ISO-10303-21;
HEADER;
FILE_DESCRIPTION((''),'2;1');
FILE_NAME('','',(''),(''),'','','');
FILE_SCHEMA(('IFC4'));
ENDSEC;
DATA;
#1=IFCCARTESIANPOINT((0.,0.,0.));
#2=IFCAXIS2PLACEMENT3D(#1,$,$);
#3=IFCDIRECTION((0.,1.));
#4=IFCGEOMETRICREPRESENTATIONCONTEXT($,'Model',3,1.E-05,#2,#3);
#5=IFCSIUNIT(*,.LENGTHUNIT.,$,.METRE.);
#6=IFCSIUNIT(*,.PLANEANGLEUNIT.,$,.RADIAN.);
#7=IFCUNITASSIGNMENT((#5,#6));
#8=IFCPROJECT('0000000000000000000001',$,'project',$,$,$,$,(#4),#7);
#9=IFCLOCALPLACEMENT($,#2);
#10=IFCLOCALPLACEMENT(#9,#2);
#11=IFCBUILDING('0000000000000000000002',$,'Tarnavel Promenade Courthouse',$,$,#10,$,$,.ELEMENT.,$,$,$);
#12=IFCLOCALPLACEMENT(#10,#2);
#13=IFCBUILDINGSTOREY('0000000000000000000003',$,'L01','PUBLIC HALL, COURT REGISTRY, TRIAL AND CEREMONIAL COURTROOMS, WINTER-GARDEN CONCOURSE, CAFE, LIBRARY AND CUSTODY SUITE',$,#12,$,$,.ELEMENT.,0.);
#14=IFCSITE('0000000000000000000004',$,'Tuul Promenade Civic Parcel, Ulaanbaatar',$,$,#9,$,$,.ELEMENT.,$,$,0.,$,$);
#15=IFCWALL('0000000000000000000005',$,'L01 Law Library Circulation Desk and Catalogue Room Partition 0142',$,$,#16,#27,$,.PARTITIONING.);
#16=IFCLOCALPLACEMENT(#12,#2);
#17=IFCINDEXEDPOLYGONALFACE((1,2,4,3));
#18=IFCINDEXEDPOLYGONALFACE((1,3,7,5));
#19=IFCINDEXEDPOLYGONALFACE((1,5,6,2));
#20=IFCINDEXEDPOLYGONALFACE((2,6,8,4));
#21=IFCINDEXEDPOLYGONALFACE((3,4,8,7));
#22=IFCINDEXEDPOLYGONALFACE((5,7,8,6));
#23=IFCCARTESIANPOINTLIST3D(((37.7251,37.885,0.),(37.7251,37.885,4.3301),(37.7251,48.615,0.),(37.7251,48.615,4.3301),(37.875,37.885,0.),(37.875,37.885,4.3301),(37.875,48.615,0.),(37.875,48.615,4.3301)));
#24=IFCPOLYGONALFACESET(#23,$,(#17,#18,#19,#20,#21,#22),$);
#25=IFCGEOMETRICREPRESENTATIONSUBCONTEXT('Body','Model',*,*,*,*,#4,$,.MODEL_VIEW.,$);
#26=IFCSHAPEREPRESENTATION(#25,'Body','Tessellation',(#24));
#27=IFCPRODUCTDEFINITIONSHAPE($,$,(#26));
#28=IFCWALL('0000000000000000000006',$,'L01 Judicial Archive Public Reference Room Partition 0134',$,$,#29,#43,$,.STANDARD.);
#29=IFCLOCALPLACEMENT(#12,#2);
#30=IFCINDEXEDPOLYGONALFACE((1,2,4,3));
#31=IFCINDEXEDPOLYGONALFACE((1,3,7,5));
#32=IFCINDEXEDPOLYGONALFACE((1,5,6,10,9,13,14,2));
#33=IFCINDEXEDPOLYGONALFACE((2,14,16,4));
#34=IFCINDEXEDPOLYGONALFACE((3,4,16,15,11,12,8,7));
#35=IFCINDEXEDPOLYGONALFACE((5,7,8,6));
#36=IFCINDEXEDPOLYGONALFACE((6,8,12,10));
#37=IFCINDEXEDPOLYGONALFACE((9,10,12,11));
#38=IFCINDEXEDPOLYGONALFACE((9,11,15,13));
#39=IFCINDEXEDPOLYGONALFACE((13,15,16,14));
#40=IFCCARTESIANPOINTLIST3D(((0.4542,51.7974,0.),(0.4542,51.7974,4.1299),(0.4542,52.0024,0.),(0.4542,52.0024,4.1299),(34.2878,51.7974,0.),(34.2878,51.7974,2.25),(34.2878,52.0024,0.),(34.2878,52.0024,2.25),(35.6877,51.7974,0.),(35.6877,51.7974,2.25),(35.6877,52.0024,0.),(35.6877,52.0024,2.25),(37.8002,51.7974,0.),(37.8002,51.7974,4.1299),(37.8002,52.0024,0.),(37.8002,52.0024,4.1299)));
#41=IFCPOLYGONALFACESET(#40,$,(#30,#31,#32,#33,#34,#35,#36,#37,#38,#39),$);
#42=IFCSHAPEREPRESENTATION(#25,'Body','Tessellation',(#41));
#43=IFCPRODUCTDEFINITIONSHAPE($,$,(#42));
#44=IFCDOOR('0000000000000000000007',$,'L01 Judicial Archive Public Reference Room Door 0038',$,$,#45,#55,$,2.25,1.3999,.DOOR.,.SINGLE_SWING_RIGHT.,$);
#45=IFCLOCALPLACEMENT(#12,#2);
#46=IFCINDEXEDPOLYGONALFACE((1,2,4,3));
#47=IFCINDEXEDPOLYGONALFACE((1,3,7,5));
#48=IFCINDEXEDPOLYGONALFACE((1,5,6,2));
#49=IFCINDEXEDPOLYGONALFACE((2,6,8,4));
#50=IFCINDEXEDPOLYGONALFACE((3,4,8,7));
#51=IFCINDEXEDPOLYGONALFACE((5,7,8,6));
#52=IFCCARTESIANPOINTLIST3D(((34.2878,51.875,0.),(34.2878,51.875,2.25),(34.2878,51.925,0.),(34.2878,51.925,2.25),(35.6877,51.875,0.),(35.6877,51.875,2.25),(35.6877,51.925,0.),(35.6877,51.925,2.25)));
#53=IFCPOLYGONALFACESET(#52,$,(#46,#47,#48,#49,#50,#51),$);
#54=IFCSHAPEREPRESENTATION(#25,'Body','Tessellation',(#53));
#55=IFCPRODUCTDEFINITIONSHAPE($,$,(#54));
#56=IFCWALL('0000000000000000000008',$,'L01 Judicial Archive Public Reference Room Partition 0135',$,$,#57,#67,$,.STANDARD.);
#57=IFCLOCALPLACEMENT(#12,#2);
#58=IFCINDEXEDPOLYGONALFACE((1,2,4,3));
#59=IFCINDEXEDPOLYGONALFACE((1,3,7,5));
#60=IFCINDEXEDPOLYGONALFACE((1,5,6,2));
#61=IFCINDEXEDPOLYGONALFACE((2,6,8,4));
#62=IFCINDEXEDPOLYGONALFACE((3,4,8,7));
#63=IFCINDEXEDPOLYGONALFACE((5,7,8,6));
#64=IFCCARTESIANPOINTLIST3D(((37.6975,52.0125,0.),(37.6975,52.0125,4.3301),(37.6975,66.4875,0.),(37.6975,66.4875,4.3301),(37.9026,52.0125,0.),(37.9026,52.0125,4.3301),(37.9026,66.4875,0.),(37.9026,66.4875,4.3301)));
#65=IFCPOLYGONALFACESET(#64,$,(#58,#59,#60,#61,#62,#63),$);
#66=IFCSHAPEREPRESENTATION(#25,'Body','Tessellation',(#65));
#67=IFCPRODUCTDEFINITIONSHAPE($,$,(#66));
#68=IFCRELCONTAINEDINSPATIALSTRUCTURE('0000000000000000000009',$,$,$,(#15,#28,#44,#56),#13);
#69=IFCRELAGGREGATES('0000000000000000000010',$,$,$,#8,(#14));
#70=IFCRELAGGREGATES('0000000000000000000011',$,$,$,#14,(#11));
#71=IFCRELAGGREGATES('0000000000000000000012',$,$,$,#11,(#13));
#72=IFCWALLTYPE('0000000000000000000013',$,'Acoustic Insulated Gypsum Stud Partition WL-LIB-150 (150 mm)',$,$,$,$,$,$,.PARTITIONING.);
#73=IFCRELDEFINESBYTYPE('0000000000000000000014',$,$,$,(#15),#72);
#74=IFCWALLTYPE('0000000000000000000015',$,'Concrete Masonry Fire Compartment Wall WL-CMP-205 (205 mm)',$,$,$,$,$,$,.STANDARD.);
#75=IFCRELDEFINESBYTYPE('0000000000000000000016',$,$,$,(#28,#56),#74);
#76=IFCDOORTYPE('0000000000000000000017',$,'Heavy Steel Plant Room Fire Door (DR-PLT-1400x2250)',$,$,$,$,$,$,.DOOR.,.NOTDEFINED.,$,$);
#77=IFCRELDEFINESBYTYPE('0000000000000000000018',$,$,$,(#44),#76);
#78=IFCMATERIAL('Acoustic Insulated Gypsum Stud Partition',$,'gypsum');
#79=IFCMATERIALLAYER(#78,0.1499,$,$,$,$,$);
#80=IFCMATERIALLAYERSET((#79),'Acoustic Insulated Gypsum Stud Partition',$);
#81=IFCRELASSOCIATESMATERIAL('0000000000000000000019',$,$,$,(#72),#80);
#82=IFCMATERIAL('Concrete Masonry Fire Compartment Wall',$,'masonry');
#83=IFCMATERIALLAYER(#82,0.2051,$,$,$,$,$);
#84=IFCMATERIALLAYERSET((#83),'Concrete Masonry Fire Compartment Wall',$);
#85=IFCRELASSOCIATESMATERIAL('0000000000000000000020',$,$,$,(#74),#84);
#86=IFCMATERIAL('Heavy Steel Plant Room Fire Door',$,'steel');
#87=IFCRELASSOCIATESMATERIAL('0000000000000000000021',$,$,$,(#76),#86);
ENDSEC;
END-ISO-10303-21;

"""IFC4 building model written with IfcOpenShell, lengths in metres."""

from ifc_helpers import new_model, si_unit, direction, frame, frame_2d, origin, place, context, subcontext, project, spatial, rectangle, extrude, material, layer, layer_set, type_object, element, fill, save


model = new_model("IFC4")

# Units and contexts
model_context = context("Model", 3, precision=1e-05, world=origin(), true_north=direction((0.0, 1.0)))
body_context = subcontext(model_context, "Body", "Model", "MODEL_VIEW")
ifc_project = project(units=[si_unit("LENGTHUNIT", "METRE"), si_unit("PLANEANGLEUNIT", "RADIAN")], contexts=[model_context])

# Site, building, storey
site_placement = place(None, origin())
site = spatial("IfcSite", under=ifc_project, at=site_placement, Name="Tuul Promenade Civic Parcel, Ulaanbaatar", CompositionType="ELEMENT", RefElevation=0.0)
building_placement = place(site_placement, origin())
building = spatial("IfcBuilding", under=site, at=building_placement, Name="Tarnavel Promenade Courthouse", CompositionType="ELEMENT")
storey_placement = place(building_placement, origin())
storey = spatial("IfcBuildingStorey", under=building, at=storey_placement, Name="L01", Description="PUBLIC HALL, COURT REGISTRY, TRIAL AND CEREMONIAL COURTROOMS, WINTER-GARDEN CONCOURSE, CAFE, LIBRARY AND CUSTODY SUITE", CompositionType="ELEMENT", Elevation=0.0)

# Shared definitions
ifc_material_1 = material(Name="Acoustic Insulated Gypsum Stud Partition", Category="gypsum")
ifc_layer_1 = layer(ifc_material_1, 0.1499)
ifc_layer_set_1 = layer_set([ifc_layer_1], Name="Acoustic Insulated Gypsum Stud Partition")
wall_type_1 = type_object("IfcWallType", Name="Acoustic Insulated Gypsum Stud Partition WL-LIB-150 (150 mm)", PredefinedType="PARTITIONING", material=ifc_layer_set_1)

# Wall
wall_1_placement = place(storey_placement, frame((37.8, 48.615, 0.0), z_axis=(0.0, 0.0, 1.0), x_axis=(0.0, -1.0, 0.0)))
element("IfcWall", 1, at=wall_1_placement, inside=storey, type_object=wall_type_1, Name="L01 Law Library Circulation Desk and Catalogue Room Partition 0142", PredefinedType="PARTITIONING", context=body_context, shape_type="SweptSolid", body=[
    extrude(rectangle(XDim=10.73, YDim=0.1499, at=frame_2d((5.365, 0.0))), origin(), (0.0, 0.0, 1.0), 4.3301),
])

# Wall, opening, door
ifc_material_2 = material(Name="Concrete Masonry Fire Compartment Wall", Category="masonry")
ifc_layer_2 = layer(ifc_material_2, 0.2051)
ifc_layer_set_2 = layer_set([ifc_layer_2], Name="Concrete Masonry Fire Compartment Wall")
wall_type_2 = type_object("IfcWallType", Name="Concrete Masonry Fire Compartment Wall WL-CMP-205 (205 mm)", PredefinedType="STANDARD", material=ifc_layer_set_2)
wall_2_placement = place(storey_placement, frame((37.8, 51.8999, 0.0), z_axis=(0.0, 0.0, 1.0), x_axis=(-1.0, 0.0, 0.0)))
wall_2 = element("IfcWall", 2, at=wall_2_placement, inside=storey, type_object=wall_type_2, Name="L01 Judicial Archive Public Reference Room Partition 0134", PredefinedType="STANDARD", context=body_context, shape_type="SweptSolid", body=[
    extrude(rectangle(XDim=37.3459, YDim=0.2051, at=frame_2d((18.6729, 0.0))), origin(), (0.0, 0.0, 1.0), 4.1299),
])
opening_1_placement = place(wall_2_placement, frame((2.1123, 0.0, 0.0)))
opening_1 = element("IfcOpeningElement", 3, at=opening_1_placement, cuts=wall_2, PredefinedType="OPENING", context=body_context, shape_type="SweptSolid", body=[
    extrude(rectangle(XDim=1.3999, YDim=2.25, at=frame_2d((0.7, 1.125))), frame((0.0, 0.1125, 0.0), z_axis=(0.0, -1.0, 0.0), x_axis=(1.0, 0.0, 0.0)), (0.0, 0.0, 1.0), 0.2251),
])
ifc_material_3 = material(Name="Heavy Steel Plant Room Fire Door", Category="steel")
door_type_1 = type_object("IfcDoorType", Name="Heavy Steel Plant Room Fire Door (DR-PLT-1400x2250)", OperationType="NOTDEFINED", PredefinedType="DOOR", material=ifc_material_3)
door_1_placement = place(opening_1_placement, origin())
door_1 = element("IfcDoor", 4, at=door_1_placement, inside=storey, type_object=door_type_1, Name="L01 Judicial Archive Public Reference Room Door 0038", OperationType="SINGLE_SWING_RIGHT", OverallHeight=2.25, OverallWidth=1.3999, PredefinedType="DOOR", context=body_context, shape_type="SweptSolid", body=[
    extrude(rectangle(XDim=1.3999, YDim=2.25, at=frame_2d((0.7, 1.125))), frame((0.0, 0.0249, 0.0), z_axis=(0.0, -1.0, 0.0), x_axis=(1.0, 0.0, 0.0)), (0.0, 0.0, 1.0), 0.05),
])
fill(opening_1, door_1)

# Wall
wall_3_placement = place(storey_placement, frame((37.8, 66.4875, 0.0), z_axis=(0.0, 0.0, 1.0), x_axis=(0.0, -1.0, 0.0)))
element("IfcWall", 5, at=wall_3_placement, inside=storey, type_object=wall_type_2, Name="L01 Judicial Archive Public Reference Room Partition 0135", PredefinedType="STANDARD", context=body_context, shape_type="SweptSolid", body=[
    extrude(rectangle(XDim=14.4751, YDim=0.2051, at=frame_2d((7.2375, 0.0))), origin(), (0.0, 0.0, 1.0), 4.3301),
])

save(model, "model.ifc")
